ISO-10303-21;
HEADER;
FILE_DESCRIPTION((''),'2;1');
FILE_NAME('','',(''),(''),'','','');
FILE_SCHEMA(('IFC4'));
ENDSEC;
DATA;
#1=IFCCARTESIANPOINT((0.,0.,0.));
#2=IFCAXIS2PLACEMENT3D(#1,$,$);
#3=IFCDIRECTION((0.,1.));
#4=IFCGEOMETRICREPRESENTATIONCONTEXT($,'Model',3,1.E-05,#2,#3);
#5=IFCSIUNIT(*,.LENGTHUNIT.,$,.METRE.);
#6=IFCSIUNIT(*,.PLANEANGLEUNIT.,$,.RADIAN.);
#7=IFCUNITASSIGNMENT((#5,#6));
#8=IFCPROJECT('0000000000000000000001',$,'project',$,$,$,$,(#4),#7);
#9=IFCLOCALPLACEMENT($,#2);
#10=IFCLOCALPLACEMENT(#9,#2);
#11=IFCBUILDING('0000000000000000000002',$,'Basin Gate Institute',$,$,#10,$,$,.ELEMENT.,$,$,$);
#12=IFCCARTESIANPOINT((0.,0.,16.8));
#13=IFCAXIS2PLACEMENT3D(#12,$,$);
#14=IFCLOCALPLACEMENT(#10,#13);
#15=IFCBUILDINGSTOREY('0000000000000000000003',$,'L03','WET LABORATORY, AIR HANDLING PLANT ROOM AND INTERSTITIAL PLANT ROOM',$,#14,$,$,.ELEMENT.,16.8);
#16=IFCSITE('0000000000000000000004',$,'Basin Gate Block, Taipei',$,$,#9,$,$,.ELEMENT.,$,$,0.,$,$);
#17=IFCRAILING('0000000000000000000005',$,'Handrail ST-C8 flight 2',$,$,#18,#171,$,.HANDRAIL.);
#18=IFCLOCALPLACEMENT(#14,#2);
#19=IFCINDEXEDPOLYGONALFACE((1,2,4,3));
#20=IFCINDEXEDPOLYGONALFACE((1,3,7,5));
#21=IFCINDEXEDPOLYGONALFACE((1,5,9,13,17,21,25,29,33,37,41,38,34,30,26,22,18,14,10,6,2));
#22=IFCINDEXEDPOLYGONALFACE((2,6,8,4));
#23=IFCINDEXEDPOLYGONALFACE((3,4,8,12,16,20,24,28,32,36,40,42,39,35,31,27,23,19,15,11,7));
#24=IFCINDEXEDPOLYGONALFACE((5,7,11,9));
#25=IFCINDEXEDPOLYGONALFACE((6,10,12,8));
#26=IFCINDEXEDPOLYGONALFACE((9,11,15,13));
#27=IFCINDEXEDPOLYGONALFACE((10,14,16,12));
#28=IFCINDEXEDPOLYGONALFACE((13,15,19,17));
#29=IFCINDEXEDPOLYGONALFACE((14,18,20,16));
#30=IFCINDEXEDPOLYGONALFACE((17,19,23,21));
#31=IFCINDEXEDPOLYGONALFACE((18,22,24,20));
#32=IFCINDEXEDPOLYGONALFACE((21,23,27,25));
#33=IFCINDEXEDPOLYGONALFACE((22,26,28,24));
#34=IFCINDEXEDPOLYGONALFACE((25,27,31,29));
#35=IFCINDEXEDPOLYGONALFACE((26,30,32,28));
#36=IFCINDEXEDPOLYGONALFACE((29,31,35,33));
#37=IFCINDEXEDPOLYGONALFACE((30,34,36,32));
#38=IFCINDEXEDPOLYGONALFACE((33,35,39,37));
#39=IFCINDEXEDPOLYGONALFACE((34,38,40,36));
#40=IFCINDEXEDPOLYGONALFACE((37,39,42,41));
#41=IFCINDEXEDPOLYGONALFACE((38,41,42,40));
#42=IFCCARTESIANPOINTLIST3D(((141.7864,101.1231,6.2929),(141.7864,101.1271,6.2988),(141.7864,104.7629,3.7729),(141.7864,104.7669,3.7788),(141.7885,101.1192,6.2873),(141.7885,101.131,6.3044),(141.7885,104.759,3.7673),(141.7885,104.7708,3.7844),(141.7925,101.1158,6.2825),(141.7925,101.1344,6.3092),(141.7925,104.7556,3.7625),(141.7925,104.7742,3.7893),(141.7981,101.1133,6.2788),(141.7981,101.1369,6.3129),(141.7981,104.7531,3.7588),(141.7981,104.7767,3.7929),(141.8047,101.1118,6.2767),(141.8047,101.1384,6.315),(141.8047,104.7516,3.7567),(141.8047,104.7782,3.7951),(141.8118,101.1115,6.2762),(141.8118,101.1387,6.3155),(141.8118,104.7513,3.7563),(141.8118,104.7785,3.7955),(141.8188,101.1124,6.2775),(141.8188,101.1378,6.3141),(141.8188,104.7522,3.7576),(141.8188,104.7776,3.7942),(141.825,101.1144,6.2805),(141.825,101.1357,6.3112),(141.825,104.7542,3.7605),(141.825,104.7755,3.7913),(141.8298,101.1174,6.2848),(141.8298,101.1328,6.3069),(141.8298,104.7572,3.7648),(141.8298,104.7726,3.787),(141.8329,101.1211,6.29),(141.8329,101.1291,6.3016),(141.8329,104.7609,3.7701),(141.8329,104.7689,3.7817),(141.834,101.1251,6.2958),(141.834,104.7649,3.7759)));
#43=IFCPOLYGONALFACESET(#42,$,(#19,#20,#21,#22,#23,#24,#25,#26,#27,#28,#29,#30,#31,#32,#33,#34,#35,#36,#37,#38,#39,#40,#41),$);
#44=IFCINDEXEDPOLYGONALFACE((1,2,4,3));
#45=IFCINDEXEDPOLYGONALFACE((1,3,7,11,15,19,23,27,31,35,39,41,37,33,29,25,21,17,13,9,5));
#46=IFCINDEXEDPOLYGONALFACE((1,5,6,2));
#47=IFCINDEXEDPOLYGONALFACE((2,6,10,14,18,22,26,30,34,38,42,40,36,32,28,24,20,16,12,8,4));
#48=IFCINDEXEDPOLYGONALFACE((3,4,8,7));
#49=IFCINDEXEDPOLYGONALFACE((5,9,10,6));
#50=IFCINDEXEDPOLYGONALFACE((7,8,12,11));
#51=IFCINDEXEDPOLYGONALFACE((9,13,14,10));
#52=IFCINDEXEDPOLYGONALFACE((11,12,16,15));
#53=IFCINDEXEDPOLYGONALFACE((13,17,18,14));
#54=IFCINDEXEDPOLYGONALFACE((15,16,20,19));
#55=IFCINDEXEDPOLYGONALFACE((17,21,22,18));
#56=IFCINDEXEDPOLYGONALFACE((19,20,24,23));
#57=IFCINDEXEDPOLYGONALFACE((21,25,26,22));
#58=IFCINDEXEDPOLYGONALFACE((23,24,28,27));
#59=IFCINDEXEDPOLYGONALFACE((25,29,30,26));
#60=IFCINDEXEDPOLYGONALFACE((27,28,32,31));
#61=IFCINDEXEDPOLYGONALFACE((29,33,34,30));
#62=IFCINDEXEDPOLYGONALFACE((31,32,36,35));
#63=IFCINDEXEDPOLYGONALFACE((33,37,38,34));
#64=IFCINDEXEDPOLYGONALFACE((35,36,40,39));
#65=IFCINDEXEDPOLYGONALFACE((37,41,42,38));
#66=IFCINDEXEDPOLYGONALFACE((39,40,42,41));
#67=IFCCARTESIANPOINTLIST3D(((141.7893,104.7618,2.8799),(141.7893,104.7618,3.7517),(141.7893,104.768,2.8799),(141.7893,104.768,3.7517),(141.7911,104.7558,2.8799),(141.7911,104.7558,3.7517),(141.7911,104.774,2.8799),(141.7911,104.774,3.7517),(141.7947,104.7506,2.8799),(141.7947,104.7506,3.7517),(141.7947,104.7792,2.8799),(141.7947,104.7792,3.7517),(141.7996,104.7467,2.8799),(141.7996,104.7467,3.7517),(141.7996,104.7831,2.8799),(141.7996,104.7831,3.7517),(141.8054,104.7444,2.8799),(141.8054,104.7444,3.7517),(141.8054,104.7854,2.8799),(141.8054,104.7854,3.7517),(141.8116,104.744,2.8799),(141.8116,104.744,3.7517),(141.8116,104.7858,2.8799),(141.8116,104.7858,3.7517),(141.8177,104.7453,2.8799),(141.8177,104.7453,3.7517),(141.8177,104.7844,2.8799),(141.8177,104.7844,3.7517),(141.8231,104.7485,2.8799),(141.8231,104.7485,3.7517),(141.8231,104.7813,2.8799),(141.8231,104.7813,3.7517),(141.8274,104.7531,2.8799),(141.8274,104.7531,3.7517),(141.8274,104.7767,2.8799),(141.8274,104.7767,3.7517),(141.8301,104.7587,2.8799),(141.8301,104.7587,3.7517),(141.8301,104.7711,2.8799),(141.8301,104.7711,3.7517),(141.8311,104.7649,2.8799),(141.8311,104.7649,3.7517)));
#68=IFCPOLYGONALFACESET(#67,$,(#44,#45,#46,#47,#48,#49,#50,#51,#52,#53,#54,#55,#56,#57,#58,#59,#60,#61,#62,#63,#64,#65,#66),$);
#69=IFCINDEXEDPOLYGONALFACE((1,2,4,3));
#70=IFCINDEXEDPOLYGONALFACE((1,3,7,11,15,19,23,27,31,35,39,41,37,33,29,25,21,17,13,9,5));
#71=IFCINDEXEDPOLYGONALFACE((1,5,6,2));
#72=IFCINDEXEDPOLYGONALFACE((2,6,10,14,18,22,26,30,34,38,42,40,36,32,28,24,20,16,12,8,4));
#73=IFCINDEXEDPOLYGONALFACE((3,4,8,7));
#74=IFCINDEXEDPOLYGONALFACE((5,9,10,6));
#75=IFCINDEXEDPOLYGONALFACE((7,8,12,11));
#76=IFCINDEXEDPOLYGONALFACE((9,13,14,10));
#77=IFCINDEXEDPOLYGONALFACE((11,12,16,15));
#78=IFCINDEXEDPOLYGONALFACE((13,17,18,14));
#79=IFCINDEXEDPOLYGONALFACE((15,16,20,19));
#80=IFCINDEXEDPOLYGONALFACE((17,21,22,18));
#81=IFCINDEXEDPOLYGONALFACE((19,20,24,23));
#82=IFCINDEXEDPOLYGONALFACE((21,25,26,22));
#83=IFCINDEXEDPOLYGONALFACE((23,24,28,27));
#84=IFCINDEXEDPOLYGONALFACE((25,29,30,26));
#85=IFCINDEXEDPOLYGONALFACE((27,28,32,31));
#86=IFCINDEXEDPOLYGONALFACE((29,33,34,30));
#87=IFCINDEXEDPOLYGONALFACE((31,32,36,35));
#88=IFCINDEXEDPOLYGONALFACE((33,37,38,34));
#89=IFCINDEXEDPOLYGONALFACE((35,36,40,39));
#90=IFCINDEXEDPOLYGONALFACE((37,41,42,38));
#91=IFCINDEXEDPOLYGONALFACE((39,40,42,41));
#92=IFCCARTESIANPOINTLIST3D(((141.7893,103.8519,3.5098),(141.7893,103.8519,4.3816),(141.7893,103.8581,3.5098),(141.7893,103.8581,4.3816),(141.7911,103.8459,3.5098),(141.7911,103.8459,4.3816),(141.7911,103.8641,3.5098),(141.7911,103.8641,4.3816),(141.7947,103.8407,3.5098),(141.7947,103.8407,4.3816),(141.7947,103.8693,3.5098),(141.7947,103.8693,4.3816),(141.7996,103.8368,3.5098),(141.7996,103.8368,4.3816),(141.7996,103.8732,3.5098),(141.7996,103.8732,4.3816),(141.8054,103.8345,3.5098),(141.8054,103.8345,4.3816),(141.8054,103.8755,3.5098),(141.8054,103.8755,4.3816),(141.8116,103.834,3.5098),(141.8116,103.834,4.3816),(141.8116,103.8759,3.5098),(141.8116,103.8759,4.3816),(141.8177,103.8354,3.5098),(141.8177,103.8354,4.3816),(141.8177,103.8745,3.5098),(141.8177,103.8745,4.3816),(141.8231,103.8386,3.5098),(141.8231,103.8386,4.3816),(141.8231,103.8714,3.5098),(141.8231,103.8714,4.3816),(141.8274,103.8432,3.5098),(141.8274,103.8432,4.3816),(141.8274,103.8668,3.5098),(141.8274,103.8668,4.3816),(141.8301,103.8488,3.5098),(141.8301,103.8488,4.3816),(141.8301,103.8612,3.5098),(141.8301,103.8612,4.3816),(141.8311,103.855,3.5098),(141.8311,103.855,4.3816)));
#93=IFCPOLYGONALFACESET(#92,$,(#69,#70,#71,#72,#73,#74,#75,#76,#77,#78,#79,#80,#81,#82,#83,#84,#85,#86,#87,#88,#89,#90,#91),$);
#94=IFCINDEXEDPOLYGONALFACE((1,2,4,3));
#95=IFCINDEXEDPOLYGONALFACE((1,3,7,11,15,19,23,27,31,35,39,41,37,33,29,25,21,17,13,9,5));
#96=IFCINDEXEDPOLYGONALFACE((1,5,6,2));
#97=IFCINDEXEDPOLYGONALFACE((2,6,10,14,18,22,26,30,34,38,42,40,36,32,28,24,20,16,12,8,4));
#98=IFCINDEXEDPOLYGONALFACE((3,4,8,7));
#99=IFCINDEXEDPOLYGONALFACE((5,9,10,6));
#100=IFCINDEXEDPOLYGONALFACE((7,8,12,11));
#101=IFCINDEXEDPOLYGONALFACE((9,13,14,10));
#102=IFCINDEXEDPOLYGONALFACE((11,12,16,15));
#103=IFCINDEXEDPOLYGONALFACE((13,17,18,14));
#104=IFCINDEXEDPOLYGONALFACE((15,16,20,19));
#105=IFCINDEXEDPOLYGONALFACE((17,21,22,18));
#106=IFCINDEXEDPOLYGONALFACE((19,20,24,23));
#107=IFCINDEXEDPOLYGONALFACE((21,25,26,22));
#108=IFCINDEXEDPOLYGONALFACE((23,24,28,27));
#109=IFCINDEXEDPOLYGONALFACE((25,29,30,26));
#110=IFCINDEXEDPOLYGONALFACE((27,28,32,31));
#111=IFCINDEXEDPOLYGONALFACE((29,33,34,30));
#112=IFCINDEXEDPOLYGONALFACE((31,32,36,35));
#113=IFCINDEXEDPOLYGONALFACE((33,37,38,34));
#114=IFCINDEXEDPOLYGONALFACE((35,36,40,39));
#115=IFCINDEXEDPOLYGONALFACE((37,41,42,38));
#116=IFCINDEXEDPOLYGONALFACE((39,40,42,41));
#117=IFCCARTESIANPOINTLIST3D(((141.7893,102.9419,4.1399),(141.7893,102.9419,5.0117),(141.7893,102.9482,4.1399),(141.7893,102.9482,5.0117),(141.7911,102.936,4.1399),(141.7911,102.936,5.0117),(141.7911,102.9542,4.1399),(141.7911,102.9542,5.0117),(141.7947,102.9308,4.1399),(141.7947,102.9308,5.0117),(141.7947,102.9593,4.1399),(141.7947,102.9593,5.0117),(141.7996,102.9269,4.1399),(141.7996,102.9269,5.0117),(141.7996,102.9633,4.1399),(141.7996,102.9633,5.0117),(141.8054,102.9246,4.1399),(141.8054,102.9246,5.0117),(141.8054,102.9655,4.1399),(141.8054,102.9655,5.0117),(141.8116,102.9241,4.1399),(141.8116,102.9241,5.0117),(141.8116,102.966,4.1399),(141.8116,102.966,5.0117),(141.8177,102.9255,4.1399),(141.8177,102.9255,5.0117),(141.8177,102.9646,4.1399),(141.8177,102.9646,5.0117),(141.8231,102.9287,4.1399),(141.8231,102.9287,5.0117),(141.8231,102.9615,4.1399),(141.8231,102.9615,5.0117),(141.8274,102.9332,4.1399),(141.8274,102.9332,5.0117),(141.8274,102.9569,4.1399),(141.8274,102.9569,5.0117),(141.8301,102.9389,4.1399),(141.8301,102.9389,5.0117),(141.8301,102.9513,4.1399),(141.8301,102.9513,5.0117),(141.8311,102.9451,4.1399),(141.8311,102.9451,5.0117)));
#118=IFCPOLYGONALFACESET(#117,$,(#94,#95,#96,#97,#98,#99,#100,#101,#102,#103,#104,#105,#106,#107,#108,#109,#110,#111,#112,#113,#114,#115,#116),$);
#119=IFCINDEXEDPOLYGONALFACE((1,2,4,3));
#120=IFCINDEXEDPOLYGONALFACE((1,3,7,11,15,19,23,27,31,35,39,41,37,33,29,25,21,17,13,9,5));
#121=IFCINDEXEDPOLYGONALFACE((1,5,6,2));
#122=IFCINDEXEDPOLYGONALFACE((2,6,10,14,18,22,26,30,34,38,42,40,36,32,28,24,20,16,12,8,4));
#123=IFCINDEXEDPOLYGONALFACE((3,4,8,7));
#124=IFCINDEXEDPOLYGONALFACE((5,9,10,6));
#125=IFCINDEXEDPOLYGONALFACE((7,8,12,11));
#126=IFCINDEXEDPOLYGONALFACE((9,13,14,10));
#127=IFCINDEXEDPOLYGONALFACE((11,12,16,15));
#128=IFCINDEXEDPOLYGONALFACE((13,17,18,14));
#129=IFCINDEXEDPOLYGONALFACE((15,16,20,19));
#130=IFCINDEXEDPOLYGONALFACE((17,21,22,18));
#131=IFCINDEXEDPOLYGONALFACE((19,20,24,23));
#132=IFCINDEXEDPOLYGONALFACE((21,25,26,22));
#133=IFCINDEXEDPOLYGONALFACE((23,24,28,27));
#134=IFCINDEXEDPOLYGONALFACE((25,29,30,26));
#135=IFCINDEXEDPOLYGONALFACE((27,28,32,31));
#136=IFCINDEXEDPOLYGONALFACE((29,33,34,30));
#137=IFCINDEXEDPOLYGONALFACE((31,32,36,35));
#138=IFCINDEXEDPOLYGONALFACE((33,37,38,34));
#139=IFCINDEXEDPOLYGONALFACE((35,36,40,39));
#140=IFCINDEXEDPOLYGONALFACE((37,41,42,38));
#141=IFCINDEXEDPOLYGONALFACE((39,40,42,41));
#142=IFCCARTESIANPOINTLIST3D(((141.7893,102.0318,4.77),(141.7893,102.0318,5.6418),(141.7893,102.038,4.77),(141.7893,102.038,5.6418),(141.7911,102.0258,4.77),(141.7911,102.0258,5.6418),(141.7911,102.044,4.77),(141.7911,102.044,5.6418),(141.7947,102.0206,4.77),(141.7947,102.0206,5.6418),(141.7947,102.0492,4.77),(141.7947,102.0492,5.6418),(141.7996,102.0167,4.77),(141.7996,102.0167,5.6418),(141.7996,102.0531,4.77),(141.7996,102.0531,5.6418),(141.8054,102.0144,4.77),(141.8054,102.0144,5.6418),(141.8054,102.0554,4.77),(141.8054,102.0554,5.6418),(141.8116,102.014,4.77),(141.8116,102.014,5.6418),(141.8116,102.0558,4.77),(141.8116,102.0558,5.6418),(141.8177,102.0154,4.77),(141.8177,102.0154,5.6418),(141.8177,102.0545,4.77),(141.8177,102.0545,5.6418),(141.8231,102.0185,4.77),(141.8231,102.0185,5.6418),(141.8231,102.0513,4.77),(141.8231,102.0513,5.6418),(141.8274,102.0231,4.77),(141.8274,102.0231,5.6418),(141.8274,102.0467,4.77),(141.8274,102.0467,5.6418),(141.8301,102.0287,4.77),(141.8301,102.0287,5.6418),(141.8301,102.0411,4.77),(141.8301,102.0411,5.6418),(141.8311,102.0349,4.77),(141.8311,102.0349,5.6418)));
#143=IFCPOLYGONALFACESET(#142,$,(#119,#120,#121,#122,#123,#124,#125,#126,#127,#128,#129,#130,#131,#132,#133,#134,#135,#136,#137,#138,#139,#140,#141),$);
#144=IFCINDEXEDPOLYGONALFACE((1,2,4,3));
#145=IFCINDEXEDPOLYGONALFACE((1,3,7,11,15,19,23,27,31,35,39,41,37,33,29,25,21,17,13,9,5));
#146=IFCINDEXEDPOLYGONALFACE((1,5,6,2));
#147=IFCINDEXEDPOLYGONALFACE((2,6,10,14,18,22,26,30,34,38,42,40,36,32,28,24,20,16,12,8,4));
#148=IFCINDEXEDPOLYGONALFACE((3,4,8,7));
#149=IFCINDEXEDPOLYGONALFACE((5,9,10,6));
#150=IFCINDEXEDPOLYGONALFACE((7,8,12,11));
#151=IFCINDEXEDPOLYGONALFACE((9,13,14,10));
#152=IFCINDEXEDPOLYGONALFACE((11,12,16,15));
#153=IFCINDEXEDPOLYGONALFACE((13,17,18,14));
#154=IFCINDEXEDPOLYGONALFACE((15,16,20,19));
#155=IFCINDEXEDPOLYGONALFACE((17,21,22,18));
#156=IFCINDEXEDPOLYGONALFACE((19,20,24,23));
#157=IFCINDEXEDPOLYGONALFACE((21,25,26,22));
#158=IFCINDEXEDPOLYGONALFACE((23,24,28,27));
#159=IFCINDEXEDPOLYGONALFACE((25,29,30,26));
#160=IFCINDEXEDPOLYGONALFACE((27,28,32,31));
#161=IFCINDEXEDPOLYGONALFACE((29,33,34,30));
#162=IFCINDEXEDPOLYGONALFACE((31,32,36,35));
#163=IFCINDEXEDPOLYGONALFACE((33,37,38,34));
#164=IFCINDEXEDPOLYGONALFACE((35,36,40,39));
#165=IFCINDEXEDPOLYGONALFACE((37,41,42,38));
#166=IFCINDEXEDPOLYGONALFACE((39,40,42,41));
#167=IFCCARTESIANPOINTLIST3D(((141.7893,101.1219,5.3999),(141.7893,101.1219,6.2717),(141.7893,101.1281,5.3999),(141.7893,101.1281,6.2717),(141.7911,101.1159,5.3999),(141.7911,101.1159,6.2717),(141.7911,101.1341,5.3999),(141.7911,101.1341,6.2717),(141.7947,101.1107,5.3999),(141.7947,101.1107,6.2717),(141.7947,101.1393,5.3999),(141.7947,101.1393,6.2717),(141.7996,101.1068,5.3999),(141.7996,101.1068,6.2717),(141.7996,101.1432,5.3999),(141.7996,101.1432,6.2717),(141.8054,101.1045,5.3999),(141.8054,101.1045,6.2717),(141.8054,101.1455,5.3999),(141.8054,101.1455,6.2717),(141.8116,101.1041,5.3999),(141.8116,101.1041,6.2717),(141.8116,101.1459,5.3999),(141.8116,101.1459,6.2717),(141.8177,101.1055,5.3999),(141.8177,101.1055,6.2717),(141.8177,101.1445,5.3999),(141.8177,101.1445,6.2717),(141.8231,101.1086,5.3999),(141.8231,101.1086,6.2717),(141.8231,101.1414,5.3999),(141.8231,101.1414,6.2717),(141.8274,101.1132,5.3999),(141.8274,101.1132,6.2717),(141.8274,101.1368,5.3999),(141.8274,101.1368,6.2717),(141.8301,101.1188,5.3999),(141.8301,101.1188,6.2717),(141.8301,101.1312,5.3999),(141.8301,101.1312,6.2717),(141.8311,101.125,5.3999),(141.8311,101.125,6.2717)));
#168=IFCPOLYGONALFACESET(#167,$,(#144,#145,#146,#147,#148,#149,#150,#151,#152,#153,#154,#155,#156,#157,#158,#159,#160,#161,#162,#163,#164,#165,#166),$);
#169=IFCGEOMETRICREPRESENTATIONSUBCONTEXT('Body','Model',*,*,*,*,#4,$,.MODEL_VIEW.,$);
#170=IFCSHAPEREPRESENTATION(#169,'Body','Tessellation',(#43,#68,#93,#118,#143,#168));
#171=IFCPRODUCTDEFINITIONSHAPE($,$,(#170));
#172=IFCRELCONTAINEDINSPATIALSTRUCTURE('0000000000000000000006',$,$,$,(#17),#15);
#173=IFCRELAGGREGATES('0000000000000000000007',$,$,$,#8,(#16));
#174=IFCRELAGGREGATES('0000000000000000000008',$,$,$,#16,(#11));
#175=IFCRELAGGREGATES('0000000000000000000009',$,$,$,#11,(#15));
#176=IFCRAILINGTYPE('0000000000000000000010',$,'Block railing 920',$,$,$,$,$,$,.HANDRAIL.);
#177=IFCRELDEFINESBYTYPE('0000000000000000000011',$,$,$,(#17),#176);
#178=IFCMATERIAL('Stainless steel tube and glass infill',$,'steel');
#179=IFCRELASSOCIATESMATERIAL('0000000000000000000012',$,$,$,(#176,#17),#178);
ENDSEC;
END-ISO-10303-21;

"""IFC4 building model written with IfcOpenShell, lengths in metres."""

from ifc_helpers import new_model, si_unit, direction, frame, origin, origin_2d, place, context, subcontext, project, spatial, circle, extrude, material, type_object, element, save


model = new_model("IFC4")

# Units and contexts
model_context = context("Model", 3, precision=1e-05, world=origin(), true_north=direction((0.0, 1.0)))
body_context = subcontext(model_context, "Body", "Model", "MODEL_VIEW")
ifc_project = project(units=[si_unit("LENGTHUNIT", "METRE"), si_unit("PLANEANGLEUNIT", "RADIAN")], contexts=[model_context])

# Site, building, storey
site_placement = place(None, origin())
site = spatial("IfcSite", under=ifc_project, at=site_placement, Name="Basin Gate Block, Taipei", CompositionType="ELEMENT", RefElevation=0.0)
building_placement = place(site_placement, origin())
building = spatial("IfcBuilding", under=site, at=building_placement, Name="Basin Gate Institute", CompositionType="ELEMENT")
storey_placement = place(building_placement, frame((0.0, 0.0, 16.8)))
storey = spatial("IfcBuildingStorey", under=building, at=storey_placement, Name="L03", Description="WET LABORATORY, AIR HANDLING PLANT ROOM AND INTERSTITIAL PLANT ROOM", CompositionType="ELEMENT", Elevation=16.8)

# Railing
ifc_material_1 = material(Name="Stainless steel tube and glass infill", Category="steel")
railing_type_1 = type_object("IfcRailingType", Name="Block railing 920", PredefinedType="HANDRAIL", material=ifc_material_1)
for number, where, name in (
    (1, (141.8101, 104.7649, 2.8799), "Handrail ST-C8 flight 2"),
):
    element("IfcRailing", number, at=place(storey_placement, frame(where)), inside=storey, type_object=railing_type_1, material=ifc_material_1, Name=name, PredefinedType="HANDRAIL", context=body_context, shape_type="SweptSolid", body=[
        extrude(circle(Radius=0.0239, at=origin_2d()), frame((0.0, 0.0, 0.896), z_axis=(0.0, -0.822182, 0.569224), x_axis=(1.0, 0.0, 0.0)), (0.0, 0.0, 1.0), 4.427),
        extrude(circle(Radius=0.021, at=origin_2d()), origin(), (0.0, 0.0, 1.0), 0.8718),
        extrude(circle(Radius=0.021, at=origin_2d()), frame((0.0, -0.9099, 0.6299)), (0.0, 0.0, 1.0), 0.8718),
        extrude(circle(Radius=0.021, at=origin_2d()), frame((0.0, -1.8198, 1.26)), (0.0, 0.0, 1.0), 0.8718),
        extrude(circle(Radius=0.021, at=origin_2d()), frame((0.0, -2.73, 1.8901)), (0.0, 0.0, 1.0), 0.8718),
        extrude(circle(Radius=0.021, at=origin_2d()), frame((0.0, -3.6399, 2.52)), (0.0, 0.0, 1.0), 0.8718),
    ])

save(model, "model.ifc")
